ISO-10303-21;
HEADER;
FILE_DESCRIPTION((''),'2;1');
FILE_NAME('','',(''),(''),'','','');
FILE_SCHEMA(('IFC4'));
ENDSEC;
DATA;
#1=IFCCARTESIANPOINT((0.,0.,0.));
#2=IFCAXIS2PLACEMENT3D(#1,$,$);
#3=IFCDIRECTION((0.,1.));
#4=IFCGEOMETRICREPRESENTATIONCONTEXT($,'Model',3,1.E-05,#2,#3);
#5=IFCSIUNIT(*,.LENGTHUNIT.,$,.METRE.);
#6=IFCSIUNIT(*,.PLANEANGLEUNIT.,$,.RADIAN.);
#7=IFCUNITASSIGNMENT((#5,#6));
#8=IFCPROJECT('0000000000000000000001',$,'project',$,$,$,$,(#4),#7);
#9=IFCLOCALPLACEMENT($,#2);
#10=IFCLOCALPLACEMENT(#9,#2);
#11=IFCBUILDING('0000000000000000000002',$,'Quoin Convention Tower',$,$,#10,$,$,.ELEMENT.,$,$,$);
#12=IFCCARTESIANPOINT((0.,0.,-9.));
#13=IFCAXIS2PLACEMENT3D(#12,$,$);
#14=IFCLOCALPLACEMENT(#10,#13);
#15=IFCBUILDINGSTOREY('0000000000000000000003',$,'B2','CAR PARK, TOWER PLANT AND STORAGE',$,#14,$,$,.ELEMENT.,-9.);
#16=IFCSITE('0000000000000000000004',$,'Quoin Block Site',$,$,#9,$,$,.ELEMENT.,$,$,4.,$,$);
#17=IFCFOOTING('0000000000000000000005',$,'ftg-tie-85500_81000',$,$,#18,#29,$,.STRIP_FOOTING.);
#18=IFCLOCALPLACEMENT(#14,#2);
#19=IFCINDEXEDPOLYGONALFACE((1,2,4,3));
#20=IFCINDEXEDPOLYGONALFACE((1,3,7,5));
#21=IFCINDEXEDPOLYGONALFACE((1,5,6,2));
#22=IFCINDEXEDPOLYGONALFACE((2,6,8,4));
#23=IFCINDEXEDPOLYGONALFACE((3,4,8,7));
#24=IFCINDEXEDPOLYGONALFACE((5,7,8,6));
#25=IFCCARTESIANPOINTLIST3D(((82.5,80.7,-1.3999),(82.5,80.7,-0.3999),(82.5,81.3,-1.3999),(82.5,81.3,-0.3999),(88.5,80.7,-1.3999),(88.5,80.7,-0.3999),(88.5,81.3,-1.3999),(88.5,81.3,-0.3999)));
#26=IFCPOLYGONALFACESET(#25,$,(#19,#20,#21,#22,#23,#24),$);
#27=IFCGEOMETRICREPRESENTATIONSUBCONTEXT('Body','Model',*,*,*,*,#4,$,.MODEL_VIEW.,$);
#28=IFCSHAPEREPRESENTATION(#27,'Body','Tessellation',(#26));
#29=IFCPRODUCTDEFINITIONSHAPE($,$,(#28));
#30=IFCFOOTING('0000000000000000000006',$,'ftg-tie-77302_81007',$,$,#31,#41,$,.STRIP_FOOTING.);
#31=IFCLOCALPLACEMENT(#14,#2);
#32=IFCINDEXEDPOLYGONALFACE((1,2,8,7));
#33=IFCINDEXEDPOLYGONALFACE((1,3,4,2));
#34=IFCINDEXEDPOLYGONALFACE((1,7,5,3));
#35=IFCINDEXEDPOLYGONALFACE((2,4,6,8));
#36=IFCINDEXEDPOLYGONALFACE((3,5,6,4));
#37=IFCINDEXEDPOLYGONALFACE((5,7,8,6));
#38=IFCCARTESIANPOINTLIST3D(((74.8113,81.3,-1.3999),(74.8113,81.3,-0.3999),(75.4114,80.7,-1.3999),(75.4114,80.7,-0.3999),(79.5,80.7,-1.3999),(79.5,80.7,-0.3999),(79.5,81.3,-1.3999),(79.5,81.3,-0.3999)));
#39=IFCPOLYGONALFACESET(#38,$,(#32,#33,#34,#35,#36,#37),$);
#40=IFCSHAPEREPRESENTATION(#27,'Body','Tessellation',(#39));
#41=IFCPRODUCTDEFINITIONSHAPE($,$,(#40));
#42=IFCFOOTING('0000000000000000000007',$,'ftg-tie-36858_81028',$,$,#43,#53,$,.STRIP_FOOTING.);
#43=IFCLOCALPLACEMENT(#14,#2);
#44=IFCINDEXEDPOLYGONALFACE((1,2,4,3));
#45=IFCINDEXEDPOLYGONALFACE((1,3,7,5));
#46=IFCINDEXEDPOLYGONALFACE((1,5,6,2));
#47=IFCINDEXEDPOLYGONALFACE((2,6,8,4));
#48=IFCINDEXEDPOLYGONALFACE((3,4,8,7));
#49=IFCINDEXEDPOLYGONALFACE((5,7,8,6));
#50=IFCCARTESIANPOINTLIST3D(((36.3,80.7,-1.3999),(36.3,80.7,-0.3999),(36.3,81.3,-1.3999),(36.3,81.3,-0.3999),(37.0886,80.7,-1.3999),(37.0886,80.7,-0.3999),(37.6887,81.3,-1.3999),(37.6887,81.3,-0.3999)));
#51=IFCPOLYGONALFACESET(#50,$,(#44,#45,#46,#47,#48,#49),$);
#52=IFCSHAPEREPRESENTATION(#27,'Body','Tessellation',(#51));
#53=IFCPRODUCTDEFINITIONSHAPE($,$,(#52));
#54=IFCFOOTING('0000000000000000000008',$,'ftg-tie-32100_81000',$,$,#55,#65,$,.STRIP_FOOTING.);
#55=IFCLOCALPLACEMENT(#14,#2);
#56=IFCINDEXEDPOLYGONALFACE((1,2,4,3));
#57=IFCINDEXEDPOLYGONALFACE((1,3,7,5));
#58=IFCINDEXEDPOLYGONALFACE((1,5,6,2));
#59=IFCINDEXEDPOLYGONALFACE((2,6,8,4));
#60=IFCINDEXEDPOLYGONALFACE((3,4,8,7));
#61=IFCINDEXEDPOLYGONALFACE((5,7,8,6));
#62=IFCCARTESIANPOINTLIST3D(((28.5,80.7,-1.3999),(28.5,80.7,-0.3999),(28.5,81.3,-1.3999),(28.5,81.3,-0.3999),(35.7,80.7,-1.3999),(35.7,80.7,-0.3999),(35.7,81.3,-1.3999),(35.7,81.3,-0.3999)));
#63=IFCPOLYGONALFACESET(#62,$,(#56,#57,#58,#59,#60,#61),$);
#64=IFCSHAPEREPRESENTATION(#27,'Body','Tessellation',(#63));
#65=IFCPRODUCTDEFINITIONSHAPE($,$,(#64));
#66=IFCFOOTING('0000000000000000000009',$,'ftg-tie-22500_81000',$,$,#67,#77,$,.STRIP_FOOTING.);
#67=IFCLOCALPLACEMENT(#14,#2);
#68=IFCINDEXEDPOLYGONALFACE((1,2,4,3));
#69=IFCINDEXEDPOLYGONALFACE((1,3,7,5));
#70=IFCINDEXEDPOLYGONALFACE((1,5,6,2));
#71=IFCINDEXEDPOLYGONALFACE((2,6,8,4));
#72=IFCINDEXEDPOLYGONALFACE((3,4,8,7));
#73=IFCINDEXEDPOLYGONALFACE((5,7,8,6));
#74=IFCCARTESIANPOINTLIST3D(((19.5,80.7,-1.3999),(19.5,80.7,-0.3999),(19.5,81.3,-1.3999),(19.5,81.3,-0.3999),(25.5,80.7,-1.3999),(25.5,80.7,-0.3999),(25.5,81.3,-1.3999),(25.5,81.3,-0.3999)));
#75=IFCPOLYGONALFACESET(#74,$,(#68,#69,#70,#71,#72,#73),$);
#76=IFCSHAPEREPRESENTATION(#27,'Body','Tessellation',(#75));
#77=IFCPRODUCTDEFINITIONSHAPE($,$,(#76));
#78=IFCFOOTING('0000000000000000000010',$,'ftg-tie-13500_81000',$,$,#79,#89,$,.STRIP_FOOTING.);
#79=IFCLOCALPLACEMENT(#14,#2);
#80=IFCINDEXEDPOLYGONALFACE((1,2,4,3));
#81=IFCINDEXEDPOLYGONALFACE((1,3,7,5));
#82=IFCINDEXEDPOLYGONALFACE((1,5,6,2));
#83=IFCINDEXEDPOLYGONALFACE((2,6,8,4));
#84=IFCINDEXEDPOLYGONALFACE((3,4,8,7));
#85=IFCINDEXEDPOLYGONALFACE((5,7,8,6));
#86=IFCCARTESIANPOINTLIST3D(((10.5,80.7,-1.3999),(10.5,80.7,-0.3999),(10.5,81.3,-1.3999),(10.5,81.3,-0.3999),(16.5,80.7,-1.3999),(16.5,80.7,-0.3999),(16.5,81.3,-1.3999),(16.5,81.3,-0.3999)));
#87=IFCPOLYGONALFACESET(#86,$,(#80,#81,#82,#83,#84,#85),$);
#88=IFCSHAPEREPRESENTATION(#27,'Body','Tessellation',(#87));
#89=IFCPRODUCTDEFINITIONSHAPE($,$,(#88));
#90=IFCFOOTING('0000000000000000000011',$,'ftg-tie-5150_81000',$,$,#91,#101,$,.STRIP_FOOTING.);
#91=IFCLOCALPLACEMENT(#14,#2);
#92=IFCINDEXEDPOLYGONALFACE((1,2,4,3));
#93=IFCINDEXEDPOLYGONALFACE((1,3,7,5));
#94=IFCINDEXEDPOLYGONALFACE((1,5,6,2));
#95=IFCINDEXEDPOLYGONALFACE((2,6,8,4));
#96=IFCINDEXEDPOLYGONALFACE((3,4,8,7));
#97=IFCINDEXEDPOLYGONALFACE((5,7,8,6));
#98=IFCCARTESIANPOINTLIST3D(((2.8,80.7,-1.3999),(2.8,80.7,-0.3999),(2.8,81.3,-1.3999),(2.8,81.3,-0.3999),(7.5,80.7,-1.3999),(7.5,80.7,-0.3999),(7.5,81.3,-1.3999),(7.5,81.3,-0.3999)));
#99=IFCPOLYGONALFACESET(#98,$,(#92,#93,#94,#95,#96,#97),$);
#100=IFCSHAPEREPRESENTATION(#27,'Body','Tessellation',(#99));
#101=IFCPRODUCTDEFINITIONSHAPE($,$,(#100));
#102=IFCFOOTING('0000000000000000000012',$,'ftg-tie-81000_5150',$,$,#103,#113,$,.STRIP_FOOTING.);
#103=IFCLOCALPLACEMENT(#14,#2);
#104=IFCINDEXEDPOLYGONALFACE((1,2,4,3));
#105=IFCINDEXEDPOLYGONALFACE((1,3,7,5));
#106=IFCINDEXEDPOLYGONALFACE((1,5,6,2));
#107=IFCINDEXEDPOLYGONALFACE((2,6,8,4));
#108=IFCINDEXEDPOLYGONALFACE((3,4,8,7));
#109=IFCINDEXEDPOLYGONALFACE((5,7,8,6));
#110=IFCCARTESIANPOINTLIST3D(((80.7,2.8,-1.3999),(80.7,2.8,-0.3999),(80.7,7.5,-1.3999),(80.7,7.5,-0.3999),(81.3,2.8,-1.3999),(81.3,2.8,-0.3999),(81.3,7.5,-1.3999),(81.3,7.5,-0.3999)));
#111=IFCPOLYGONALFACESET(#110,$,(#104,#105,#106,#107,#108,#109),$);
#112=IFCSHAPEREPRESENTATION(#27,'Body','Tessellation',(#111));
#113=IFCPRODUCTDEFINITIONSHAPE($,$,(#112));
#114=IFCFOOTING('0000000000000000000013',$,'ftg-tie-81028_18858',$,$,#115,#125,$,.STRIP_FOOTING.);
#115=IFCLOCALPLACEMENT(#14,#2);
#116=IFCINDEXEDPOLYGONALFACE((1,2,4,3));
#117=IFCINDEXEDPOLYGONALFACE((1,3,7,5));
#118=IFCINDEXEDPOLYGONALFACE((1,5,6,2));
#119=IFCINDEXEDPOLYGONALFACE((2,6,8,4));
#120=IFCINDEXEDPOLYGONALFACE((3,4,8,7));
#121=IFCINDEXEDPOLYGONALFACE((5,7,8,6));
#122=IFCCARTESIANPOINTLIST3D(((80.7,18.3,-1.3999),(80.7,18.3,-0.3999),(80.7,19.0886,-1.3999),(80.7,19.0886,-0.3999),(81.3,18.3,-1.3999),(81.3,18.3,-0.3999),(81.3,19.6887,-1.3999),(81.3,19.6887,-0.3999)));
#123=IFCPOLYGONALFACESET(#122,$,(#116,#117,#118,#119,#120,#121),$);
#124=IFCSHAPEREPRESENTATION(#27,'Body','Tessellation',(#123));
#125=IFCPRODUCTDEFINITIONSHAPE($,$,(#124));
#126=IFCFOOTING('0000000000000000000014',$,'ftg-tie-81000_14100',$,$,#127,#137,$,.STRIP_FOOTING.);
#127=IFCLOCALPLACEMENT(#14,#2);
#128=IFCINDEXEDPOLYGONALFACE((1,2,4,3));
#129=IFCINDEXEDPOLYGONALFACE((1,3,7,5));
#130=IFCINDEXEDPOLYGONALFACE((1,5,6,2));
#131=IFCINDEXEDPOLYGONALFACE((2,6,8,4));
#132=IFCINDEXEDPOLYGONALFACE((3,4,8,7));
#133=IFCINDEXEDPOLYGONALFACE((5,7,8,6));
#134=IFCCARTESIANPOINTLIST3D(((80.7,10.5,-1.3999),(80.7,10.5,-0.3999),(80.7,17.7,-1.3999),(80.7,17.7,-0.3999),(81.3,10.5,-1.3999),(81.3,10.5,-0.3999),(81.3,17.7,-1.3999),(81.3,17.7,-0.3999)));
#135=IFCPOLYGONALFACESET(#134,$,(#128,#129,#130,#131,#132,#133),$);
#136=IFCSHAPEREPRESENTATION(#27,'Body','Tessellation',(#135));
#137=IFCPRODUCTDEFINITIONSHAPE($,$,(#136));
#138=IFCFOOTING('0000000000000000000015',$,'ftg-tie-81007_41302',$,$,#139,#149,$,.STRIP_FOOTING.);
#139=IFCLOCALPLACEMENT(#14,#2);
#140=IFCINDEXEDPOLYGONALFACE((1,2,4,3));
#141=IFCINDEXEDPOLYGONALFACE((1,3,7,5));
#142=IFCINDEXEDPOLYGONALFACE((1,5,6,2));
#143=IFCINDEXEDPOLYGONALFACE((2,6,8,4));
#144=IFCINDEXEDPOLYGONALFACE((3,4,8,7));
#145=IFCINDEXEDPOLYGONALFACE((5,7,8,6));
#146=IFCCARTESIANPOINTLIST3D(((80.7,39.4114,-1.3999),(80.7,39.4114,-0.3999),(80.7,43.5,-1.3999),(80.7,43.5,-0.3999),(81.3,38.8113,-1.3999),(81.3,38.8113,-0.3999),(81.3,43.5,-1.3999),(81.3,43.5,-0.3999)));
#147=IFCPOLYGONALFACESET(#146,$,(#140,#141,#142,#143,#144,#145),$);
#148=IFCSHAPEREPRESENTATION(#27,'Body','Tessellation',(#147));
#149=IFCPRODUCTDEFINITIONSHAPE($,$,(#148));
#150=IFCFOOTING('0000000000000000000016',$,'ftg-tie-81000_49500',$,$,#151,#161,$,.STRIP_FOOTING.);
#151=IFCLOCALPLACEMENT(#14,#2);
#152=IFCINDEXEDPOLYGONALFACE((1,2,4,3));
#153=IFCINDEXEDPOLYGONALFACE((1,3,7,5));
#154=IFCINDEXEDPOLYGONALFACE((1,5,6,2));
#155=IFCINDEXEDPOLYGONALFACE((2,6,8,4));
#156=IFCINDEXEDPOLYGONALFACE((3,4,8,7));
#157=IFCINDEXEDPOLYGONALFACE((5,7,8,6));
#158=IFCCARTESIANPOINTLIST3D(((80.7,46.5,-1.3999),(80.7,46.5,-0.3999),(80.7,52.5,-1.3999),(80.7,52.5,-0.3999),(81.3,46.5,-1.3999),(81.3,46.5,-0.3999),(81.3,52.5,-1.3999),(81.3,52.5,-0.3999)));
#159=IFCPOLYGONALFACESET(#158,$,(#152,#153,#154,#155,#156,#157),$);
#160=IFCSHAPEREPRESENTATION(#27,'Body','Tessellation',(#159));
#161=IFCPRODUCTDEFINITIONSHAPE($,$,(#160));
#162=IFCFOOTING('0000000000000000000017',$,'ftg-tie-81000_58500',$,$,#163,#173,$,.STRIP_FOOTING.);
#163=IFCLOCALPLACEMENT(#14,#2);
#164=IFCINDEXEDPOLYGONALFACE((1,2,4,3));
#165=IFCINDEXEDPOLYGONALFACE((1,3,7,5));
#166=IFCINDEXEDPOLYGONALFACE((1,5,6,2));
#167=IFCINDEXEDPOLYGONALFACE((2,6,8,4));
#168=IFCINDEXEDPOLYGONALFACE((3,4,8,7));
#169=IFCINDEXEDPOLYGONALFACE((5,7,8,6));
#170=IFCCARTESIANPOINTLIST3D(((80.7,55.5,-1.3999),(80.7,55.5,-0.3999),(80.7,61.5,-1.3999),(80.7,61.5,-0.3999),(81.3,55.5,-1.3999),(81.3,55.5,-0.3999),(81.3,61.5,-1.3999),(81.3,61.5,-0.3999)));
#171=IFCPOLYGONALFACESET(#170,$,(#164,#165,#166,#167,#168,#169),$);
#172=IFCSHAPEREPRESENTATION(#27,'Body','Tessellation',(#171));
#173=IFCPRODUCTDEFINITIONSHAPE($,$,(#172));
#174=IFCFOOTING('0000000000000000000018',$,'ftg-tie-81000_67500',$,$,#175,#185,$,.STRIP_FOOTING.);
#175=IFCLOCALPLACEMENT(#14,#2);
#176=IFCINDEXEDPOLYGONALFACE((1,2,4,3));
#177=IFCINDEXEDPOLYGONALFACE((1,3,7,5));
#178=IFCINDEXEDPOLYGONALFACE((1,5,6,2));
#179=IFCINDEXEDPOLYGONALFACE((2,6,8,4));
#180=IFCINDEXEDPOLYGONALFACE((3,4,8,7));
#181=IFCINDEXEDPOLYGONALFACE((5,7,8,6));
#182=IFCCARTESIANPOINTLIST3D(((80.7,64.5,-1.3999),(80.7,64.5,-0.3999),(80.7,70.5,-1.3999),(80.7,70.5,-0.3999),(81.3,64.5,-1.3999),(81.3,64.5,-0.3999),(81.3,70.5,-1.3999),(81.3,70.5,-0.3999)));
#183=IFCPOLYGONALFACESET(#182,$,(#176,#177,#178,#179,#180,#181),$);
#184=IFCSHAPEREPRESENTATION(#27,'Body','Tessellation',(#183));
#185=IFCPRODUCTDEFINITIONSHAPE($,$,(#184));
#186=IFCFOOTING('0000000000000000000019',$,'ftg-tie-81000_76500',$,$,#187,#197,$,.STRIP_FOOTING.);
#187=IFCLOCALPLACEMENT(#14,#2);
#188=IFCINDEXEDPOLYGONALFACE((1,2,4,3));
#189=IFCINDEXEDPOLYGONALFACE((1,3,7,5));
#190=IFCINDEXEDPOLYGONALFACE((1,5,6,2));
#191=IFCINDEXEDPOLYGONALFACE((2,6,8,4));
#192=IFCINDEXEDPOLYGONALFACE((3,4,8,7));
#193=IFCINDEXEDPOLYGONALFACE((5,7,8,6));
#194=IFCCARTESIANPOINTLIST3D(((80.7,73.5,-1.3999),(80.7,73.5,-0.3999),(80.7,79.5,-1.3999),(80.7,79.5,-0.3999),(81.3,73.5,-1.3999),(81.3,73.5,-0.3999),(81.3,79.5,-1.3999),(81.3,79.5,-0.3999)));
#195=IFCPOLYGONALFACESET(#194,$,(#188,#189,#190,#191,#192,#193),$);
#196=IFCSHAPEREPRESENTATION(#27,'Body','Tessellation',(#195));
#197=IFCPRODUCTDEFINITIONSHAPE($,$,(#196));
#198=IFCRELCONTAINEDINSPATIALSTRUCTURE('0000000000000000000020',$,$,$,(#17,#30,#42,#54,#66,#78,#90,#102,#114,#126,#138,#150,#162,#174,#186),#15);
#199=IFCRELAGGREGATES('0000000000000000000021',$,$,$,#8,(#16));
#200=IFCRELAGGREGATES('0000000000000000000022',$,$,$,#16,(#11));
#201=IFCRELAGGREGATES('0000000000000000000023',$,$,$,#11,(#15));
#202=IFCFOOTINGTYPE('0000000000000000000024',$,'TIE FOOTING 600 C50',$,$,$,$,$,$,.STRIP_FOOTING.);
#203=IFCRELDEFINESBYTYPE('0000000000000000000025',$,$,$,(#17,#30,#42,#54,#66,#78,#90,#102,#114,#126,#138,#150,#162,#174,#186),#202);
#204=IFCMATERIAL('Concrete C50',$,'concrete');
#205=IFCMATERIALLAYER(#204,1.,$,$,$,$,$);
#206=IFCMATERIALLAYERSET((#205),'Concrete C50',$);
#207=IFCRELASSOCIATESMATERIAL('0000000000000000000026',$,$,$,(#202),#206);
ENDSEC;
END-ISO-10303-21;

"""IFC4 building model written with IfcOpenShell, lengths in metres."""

from ifc_helpers import new_model, si_unit, direction, frame, origin, place, context, subcontext, project, spatial, polyline, outline, extrude, material, layer, layer_set, type_object, element, save


model = new_model("IFC4")

# Units and contexts
model_context = context("Model", 3, precision=1e-05, world=origin(), true_north=direction((0.0, 1.0)))
body_context = subcontext(model_context, "Body", "Model", "MODEL_VIEW")
ifc_project = project(units=[si_unit("LENGTHUNIT", "METRE"), si_unit("PLANEANGLEUNIT", "RADIAN")], contexts=[model_context])

# Site, building, storey
site_placement = place(None, origin())
site = spatial("IfcSite", under=ifc_project, at=site_placement, Name="Quoin Block Site", CompositionType="ELEMENT", RefElevation=4.0)
building_placement = place(site_placement, origin())
building = spatial("IfcBuilding", under=site, at=building_placement, Name="Quoin Convention Tower", CompositionType="ELEMENT")
storey_placement = place(building_placement, frame((0.0, 0.0, -9.0)))
storey = spatial("IfcBuildingStorey", under=building, at=storey_placement, Name="B2", Description="CAR PARK, TOWER PLANT AND STORAGE", CompositionType="ELEMENT", Elevation=-9.0)

# Footings
ifc_material = material(Name="Concrete C50", Category="concrete")
ifc_layer = layer(ifc_material, 1.0)
ifc_layer_set = layer_set([ifc_layer], Name="Concrete C50")
footing_type = type_object("IfcFootingType", Name="TIE FOOTING 600 C50", PredefinedType="STRIP_FOOTING", material=ifc_layer_set)
footing_1_placement = place(storey_placement, frame((0.0, 0.0, -1.3999)))
element("IfcFooting", 1, at=footing_1_placement, inside=storey, type_object=footing_type, Name="ftg-tie-85500_81000", PredefinedType="STRIP_FOOTING", context=body_context, shape_type="SweptSolid", body=[
    extrude(outline(polyline([(88.5, 81.3), (88.5, 80.7), (82.5, 80.7), (82.5, 81.3), (88.5, 81.3)])), origin(), (0.0, 0.0, 1.0), 1.0),
])
footing_2_placement = place(storey_placement, frame((0.0, 0.0, -1.3999)))
element("IfcFooting", 2, at=footing_2_placement, inside=storey, type_object=footing_type, Name="ftg-tie-77302_81007", PredefinedType="STRIP_FOOTING", context=body_context, shape_type="SweptSolid", body=[
    extrude(outline(polyline([(79.5, 81.3), (79.5, 80.7), (75.4114, 80.7), (74.8113, 81.3), (79.5, 81.3)])), origin(), (0.0, 0.0, 1.0), 1.0),
])
footing_3_placement = place(storey_placement, frame((0.0, 0.0, -1.3999)))
element("IfcFooting", 3, at=footing_3_placement, inside=storey, type_object=footing_type, Name="ftg-tie-36858_81028", PredefinedType="STRIP_FOOTING", context=body_context, shape_type="SweptSolid", body=[
    extrude(outline(polyline([(37.6887, 81.3), (37.0886, 80.7), (36.3, 80.7), (36.3, 81.3), (37.6887, 81.3)])), origin(), (0.0, 0.0, 1.0), 1.0),
])
footing_4_placement = place(storey_placement, frame((0.0, 0.0, -1.3999)))
element("IfcFooting", 4, at=footing_4_placement, inside=storey, type_object=footing_type, Name="ftg-tie-32100_81000", PredefinedType="STRIP_FOOTING", context=body_context, shape_type="SweptSolid", body=[
    extrude(outline(polyline([(35.7, 81.3), (35.7, 80.7), (28.5, 80.7), (28.5, 81.3), (35.7, 81.3)])), origin(), (0.0, 0.0, 1.0), 1.0),
])
footing_5_placement = place(storey_placement, frame((0.0, 0.0, -1.3999)))
element("IfcFooting", 5, at=footing_5_placement, inside=storey, type_object=footing_type, Name="ftg-tie-22500_81000", PredefinedType="STRIP_FOOTING", context=body_context, shape_type="SweptSolid", body=[
    extrude(outline(polyline([(25.5, 81.3), (25.5, 80.7), (19.5, 80.7), (19.5, 81.3), (25.5, 81.3)])), origin(), (0.0, 0.0, 1.0), 1.0),
])
footing_6_placement = place(storey_placement, frame((0.0, 0.0, -1.3999)))
element("IfcFooting", 6, at=footing_6_placement, inside=storey, type_object=footing_type, Name="ftg-tie-13500_81000", PredefinedType="STRIP_FOOTING", context=body_context, shape_type="SweptSolid", body=[
    extrude(outline(polyline([(16.5, 81.3), (16.5, 80.7), (10.5, 80.7), (10.5, 81.3), (16.5, 81.3)])), origin(), (0.0, 0.0, 1.0), 1.0),
])
footing_7_placement = place(storey_placement, frame((0.0, 0.0, -1.3999)))
element("IfcFooting", 7, at=footing_7_placement, inside=storey, type_object=footing_type, Name="ftg-tie-5150_81000", PredefinedType="STRIP_FOOTING", context=body_context, shape_type="SweptSolid", body=[
    extrude(outline(polyline([(7.5, 81.3), (7.5, 80.7), (2.8, 80.7), (2.8, 81.3), (7.5, 81.3)])), origin(), (0.0, 0.0, 1.0), 1.0),
])
footing_8_placement = place(storey_placement, frame((0.0, 0.0, -1.3999)))
element("IfcFooting", 8, at=footing_8_placement, inside=storey, type_object=footing_type, Name="ftg-tie-81000_5150", PredefinedType="STRIP_FOOTING", context=body_context, shape_type="SweptSolid", body=[
    extrude(outline(polyline([(81.3, 2.8), (80.7, 2.8), (80.7, 7.5), (81.3, 7.5), (81.3, 2.8)])), origin(), (0.0, 0.0, 1.0), 1.0),
])
footing_9_placement = place(storey_placement, frame((0.0, 0.0, -1.3999)))
element("IfcFooting", 9, at=footing_9_placement, inside=storey, type_object=footing_type, Name="ftg-tie-81028_18858", PredefinedType="STRIP_FOOTING", context=body_context, shape_type="SweptSolid", body=[
    extrude(outline(polyline([(81.3, 18.3), (80.7, 18.3), (80.7, 19.0886), (81.3, 19.6887), (81.3, 18.3)])), origin(), (0.0, 0.0, 1.0), 1.0),
])
footing_10_placement = place(storey_placement, frame((0.0, 0.0, -1.3999)))
element("IfcFooting", 10, at=footing_10_placement, inside=storey, type_object=footing_type, Name="ftg-tie-81000_14100", PredefinedType="STRIP_FOOTING", context=body_context, shape_type="SweptSolid", body=[
    extrude(outline(polyline([(80.7, 10.5), (80.7, 17.7), (81.3, 17.7), (81.3, 10.5), (80.7, 10.5)])), origin(), (0.0, 0.0, 1.0), 1.0),
])
footing_11_placement = place(storey_placement, frame((0.0, 0.0, -1.3999)))
element("IfcFooting", 11, at=footing_11_placement, inside=storey, type_object=footing_type, Name="ftg-tie-81007_41302", PredefinedType="STRIP_FOOTING", context=body_context, shape_type="SweptSolid", body=[
    extrude(outline(polyline([(81.3, 38.8113), (80.7, 39.4114), (80.7, 43.5), (81.3, 43.5), (81.3, 38.8113)])), origin(), (0.0, 0.0, 1.0), 1.0),
])
footing_12_placement = place(storey_placement, frame((0.0, 0.0, -1.3999)))
element("IfcFooting", 12, at=footing_12_placement, inside=storey, type_object=footing_type, Name="ftg-tie-81000_49500", PredefinedType="STRIP_FOOTING", context=body_context, shape_type="SweptSolid", body=[
    extrude(outline(polyline([(81.3, 46.5), (80.7, 46.5), (80.7, 52.5), (81.3, 52.5), (81.3, 46.5)])), origin(), (0.0, 0.0, 1.0), 1.0),
])
footing_13_placement = place(storey_placement, frame((0.0, 0.0, -1.3999)))
element("IfcFooting", 13, at=footing_13_placement, inside=storey, type_object=footing_type, Name="ftg-tie-81000_58500", PredefinedType="STRIP_FOOTING", context=body_context, shape_type="SweptSolid", body=[
    extrude(outline(polyline([(81.3, 55.5), (80.7, 55.5), (80.7, 61.5), (81.3, 61.5), (81.3, 55.5)])), origin(), (0.0, 0.0, 1.0), 1.0),
])
footing_14_placement = place(storey_placement, frame((0.0, 0.0, -1.3999)))
element("IfcFooting", 14, at=footing_14_placement, inside=storey, type_object=footing_type, Name="ftg-tie-81000_67500", PredefinedType="STRIP_FOOTING", context=body_context, shape_type="SweptSolid", body=[
    extrude(outline(polyline([(81.3, 64.5), (80.7, 64.5), (80.7, 70.5), (81.3, 70.5), (81.3, 64.5)])), origin(), (0.0, 0.0, 1.0), 1.0),
])
footing_15_placement = place(storey_placement, frame((0.0, 0.0, -1.3999)))
element("IfcFooting", 15, at=footing_15_placement, inside=storey, type_object=footing_type, Name="ftg-tie-81000_76500", PredefinedType="STRIP_FOOTING", context=body_context, shape_type="SweptSolid", body=[
    extrude(outline(polyline([(81.3, 73.5), (80.7, 73.5), (80.7, 79.5), (81.3, 79.5), (81.3, 73.5)])), origin(), (0.0, 0.0, 1.0), 1.0),
])

save(model, "model.ifc")
